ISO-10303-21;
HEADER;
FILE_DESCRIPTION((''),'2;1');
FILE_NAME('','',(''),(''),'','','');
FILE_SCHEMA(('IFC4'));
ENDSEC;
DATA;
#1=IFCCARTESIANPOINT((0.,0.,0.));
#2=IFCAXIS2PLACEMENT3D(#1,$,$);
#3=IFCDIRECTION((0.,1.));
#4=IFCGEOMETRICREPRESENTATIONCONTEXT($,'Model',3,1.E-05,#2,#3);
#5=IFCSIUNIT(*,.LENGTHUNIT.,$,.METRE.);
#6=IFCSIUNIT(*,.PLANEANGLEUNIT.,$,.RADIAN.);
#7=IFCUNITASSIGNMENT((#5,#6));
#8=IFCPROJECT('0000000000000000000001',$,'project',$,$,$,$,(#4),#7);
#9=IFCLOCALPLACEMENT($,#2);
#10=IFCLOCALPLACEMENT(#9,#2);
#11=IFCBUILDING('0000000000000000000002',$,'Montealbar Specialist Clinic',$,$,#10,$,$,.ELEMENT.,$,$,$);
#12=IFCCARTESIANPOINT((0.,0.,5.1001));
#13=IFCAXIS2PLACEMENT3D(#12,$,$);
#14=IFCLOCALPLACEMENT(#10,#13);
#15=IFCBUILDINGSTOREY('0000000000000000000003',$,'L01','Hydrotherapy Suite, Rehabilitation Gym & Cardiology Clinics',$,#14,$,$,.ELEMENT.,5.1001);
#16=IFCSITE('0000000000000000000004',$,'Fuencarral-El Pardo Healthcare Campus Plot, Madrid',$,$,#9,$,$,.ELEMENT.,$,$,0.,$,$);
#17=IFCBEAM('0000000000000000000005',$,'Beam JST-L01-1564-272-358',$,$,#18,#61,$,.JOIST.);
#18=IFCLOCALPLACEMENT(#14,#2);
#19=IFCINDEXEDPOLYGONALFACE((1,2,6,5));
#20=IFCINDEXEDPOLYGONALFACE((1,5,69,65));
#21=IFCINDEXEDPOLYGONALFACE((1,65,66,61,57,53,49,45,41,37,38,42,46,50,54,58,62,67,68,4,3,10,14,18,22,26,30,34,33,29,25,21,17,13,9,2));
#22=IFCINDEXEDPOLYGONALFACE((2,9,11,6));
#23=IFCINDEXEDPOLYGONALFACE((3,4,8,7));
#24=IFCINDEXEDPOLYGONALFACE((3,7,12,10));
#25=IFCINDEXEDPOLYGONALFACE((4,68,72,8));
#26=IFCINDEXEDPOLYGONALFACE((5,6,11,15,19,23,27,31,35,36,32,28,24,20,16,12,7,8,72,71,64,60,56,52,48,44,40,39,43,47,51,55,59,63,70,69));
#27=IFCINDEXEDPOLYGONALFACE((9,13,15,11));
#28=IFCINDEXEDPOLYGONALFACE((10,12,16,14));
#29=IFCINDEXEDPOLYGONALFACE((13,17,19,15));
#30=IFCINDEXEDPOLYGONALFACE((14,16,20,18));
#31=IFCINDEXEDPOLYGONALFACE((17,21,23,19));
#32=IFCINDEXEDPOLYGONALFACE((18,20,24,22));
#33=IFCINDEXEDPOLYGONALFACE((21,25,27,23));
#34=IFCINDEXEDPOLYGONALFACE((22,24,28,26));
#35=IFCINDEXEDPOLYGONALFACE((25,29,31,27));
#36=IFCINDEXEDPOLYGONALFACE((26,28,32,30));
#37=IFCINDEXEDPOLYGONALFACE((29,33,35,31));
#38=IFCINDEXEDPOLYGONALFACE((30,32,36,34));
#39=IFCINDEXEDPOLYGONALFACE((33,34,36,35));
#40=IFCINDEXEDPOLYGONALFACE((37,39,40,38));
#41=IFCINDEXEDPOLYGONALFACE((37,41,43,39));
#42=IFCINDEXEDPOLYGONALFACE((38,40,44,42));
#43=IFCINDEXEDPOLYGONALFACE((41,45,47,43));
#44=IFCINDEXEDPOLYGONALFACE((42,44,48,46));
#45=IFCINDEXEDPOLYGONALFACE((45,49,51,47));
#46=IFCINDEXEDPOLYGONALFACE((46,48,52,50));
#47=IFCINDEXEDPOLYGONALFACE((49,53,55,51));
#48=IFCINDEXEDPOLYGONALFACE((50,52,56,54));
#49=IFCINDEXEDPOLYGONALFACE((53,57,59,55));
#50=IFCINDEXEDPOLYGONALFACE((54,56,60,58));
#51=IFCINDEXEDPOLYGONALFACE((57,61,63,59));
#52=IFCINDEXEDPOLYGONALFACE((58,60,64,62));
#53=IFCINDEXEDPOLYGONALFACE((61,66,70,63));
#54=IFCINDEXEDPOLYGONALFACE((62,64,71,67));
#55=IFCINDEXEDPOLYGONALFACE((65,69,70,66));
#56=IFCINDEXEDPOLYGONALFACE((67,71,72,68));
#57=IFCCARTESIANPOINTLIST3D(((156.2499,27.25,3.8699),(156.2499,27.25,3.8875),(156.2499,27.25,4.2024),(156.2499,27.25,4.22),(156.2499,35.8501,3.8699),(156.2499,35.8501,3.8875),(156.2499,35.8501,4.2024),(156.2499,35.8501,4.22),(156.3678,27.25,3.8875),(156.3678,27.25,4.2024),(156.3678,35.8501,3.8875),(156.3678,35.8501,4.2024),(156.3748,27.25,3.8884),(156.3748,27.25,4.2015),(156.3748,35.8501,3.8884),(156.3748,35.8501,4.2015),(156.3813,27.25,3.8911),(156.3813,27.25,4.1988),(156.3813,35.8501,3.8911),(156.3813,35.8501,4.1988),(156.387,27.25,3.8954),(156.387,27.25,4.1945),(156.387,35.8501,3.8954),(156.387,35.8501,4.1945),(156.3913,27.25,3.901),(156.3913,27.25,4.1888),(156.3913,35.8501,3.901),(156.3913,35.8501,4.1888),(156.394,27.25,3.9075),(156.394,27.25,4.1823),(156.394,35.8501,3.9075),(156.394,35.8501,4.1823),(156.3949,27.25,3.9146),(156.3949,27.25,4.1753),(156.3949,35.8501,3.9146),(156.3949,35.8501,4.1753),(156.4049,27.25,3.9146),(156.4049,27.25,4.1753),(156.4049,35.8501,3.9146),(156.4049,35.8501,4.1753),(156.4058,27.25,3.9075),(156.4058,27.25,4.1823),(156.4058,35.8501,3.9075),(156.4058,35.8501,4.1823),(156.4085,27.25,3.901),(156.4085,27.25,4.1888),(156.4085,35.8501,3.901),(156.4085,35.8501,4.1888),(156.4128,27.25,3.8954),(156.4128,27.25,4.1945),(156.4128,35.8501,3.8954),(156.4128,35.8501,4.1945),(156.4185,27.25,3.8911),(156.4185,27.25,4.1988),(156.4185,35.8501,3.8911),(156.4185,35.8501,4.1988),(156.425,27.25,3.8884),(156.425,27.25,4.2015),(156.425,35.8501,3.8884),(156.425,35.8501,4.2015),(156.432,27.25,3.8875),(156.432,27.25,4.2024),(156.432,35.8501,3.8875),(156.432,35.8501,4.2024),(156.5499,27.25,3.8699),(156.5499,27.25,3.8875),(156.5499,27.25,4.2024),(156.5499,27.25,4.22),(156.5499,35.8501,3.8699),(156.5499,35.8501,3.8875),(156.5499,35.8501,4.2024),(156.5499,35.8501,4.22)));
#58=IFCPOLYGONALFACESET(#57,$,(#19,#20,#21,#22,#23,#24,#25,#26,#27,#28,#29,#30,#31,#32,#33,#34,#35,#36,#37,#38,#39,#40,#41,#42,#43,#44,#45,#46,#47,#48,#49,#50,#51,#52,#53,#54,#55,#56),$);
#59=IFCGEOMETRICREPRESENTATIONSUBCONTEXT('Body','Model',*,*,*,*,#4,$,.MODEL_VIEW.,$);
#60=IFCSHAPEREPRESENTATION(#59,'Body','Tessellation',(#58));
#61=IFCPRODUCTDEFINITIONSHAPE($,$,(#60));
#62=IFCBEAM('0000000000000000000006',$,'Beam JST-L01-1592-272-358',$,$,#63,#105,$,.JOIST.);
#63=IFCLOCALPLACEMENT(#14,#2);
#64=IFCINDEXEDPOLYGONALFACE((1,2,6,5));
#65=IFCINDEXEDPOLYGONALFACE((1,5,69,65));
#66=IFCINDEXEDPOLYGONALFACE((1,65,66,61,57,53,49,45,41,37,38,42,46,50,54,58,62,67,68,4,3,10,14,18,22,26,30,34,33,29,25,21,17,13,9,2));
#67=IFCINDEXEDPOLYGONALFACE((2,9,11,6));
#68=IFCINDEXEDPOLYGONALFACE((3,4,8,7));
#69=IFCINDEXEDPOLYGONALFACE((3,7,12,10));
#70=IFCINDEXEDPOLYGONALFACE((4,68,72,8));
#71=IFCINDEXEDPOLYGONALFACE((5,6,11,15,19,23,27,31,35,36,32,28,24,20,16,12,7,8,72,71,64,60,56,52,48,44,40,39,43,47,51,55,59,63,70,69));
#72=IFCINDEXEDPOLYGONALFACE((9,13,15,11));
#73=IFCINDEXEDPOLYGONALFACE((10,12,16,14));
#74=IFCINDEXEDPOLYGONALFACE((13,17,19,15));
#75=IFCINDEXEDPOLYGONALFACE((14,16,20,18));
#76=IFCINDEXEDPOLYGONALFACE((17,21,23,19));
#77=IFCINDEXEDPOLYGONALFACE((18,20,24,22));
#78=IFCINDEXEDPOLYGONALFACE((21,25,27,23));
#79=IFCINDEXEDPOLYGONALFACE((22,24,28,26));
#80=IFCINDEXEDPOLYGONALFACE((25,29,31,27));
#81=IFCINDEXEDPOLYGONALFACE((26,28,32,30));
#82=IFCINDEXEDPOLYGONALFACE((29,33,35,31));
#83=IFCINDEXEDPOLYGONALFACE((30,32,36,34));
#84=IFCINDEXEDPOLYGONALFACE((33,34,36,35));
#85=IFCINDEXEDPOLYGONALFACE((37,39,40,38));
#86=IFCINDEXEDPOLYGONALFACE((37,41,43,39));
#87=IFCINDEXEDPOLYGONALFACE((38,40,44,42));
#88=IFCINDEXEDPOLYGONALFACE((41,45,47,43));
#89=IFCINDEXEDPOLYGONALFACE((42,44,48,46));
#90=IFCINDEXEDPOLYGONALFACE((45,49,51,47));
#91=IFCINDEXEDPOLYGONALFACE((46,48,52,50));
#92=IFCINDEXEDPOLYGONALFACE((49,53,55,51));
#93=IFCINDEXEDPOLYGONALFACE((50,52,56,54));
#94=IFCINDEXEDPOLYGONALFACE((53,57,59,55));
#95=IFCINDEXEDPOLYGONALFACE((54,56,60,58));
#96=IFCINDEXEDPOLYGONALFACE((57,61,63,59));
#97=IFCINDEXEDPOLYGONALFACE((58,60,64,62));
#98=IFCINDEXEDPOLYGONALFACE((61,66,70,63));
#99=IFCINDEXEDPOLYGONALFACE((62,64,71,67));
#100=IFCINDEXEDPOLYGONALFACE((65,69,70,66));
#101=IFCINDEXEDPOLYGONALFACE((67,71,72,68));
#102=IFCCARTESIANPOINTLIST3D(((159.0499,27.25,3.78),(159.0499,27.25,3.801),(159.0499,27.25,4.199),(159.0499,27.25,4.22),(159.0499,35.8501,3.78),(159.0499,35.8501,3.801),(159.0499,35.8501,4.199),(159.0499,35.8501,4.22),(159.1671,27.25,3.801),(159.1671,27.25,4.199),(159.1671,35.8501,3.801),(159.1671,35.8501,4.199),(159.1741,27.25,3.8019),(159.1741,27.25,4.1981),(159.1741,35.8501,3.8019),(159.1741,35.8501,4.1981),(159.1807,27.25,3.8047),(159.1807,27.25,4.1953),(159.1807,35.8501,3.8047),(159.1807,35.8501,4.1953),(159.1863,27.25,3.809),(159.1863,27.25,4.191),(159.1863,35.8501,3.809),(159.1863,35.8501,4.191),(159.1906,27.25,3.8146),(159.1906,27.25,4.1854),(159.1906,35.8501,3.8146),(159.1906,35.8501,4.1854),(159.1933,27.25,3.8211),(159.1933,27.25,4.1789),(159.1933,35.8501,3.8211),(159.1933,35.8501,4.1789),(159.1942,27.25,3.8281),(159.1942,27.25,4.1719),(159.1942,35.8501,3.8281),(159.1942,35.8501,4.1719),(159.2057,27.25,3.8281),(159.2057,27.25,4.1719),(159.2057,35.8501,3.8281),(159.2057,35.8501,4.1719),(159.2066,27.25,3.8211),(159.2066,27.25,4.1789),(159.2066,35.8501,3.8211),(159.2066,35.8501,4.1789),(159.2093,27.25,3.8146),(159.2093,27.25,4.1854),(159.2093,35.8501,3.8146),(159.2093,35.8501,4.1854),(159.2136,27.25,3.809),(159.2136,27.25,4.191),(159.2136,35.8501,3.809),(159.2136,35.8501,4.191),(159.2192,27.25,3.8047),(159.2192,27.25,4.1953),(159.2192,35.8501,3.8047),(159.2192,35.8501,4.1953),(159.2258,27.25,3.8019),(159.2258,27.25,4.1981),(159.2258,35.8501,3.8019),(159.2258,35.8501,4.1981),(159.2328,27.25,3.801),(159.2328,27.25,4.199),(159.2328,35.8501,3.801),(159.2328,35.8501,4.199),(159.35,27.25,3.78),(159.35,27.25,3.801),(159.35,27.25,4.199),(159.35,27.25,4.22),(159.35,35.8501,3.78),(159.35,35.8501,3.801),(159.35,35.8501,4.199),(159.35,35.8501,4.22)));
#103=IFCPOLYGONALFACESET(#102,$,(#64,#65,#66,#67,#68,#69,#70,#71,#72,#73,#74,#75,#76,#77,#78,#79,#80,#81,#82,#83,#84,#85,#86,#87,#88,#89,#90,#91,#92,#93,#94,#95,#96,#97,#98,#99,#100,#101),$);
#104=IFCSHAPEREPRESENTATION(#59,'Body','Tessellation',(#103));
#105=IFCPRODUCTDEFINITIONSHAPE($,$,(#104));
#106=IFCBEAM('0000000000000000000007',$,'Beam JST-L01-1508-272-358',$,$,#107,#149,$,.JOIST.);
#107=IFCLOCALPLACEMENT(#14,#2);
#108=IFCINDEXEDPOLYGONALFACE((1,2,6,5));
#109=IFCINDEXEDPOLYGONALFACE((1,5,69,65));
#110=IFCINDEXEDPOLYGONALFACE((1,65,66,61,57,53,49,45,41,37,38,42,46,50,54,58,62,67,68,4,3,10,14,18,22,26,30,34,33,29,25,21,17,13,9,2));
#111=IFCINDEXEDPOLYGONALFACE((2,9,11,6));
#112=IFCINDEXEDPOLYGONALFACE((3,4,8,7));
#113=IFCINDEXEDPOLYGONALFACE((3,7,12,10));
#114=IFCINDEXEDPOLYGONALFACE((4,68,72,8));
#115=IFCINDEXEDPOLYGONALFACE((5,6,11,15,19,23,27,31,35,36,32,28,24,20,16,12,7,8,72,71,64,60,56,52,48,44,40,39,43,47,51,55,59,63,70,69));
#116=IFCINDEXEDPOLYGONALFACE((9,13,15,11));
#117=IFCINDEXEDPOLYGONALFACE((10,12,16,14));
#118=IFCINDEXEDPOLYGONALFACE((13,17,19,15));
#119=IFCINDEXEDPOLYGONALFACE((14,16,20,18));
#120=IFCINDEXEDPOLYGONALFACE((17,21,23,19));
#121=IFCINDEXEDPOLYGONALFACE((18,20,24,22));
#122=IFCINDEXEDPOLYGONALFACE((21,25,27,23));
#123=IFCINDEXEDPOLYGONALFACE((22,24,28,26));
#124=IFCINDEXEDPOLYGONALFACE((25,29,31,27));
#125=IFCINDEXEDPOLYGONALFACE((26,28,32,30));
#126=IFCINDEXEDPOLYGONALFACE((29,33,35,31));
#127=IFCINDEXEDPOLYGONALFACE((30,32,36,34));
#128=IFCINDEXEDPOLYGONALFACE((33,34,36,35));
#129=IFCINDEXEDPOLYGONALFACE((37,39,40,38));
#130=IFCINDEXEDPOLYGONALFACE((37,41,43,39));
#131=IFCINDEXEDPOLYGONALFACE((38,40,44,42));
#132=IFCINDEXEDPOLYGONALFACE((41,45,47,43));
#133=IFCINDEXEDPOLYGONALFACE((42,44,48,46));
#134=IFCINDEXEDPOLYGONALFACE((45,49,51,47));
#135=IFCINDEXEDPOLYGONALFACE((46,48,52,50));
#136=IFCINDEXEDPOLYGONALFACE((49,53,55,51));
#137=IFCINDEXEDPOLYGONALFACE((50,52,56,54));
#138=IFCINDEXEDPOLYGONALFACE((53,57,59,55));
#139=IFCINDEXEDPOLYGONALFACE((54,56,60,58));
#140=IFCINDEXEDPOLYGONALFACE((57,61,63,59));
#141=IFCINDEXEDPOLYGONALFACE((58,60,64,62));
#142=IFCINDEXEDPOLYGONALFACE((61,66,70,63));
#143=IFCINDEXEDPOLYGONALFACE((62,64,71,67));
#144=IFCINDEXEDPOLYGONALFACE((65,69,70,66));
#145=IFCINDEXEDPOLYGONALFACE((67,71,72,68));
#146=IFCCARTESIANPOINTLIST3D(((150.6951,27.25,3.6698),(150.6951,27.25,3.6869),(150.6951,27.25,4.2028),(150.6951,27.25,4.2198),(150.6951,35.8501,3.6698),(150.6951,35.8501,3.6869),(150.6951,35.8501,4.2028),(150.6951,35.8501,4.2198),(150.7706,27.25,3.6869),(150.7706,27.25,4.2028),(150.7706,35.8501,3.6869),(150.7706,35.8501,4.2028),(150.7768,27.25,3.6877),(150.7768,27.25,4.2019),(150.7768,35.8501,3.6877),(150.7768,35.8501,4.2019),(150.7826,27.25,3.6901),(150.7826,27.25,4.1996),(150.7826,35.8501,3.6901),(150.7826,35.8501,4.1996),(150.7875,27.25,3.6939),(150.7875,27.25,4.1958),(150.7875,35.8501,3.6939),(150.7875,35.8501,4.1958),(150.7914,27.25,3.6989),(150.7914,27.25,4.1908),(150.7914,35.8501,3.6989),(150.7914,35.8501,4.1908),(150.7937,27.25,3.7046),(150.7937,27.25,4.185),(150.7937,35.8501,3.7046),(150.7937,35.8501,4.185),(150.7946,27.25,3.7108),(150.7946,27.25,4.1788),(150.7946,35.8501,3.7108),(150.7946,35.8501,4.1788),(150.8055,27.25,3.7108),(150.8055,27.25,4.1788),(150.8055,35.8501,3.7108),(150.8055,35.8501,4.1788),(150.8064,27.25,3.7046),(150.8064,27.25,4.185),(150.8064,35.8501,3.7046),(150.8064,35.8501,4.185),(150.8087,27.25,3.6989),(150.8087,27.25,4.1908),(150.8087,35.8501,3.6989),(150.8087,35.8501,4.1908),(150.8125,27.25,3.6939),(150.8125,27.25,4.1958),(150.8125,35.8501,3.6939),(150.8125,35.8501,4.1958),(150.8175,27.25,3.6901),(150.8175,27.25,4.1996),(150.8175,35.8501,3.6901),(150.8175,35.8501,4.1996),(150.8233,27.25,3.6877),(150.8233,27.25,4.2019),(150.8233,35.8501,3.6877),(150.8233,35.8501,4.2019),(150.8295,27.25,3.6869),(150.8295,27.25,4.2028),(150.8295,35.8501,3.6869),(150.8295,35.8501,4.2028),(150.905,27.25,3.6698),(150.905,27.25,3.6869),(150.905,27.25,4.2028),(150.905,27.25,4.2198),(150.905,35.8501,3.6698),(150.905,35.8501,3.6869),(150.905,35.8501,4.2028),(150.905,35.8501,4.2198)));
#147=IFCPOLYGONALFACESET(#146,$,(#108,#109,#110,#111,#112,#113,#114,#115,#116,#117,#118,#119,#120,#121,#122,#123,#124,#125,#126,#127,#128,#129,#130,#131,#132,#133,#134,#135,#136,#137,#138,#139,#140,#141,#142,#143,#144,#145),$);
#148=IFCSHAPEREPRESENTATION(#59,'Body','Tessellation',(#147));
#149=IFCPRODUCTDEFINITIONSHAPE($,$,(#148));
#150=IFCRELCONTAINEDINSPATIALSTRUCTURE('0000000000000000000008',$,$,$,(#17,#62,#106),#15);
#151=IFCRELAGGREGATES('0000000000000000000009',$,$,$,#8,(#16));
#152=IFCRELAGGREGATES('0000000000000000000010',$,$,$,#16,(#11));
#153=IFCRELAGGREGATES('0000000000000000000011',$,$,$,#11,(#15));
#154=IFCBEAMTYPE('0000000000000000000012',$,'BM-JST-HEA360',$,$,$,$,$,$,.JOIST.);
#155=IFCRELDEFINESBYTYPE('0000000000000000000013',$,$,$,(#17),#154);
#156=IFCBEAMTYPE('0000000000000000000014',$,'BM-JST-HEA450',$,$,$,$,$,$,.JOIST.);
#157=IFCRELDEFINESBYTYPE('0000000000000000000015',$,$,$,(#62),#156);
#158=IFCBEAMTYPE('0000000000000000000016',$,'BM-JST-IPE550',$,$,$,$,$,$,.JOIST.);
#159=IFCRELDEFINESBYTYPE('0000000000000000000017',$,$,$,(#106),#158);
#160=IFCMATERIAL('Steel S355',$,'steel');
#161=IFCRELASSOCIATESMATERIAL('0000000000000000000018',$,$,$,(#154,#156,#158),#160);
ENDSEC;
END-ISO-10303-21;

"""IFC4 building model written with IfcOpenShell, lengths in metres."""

from ifc_helpers import new_model, si_unit, direction, frame, origin, origin_2d, place, context, subcontext, project, spatial, i_section, extrude, material, material_profile, profile_set, type_object, element, save


model = new_model("IFC4")

# Units and contexts
model_context = context("Model", 3, precision=1e-05, world=origin(), true_north=direction((0.0, 1.0)))
body_context = subcontext(model_context, "Body", "Model", "MODEL_VIEW")
ifc_project = project(units=[si_unit("LENGTHUNIT", "METRE"), si_unit("PLANEANGLEUNIT", "RADIAN")], contexts=[model_context])

# Site, building, storey
site_placement = place(None, origin())
site = spatial("IfcSite", under=ifc_project, at=site_placement, Name="Fuencarral-El Pardo Healthcare Campus Plot, Madrid", CompositionType="ELEMENT", RefElevation=0.0)
building_placement = place(site_placement, origin())
building = spatial("IfcBuilding", under=site, at=building_placement, Name="Montealbar Specialist Clinic", CompositionType="ELEMENT")
storey_placement = place(building_placement, frame((0.0, 0.0, 5.1001)))
storey = spatial("IfcBuildingStorey", under=building, at=storey_placement, Name="L01", Description="Hydrotherapy Suite, Rehabilitation Gym & Cardiology Clinics", CompositionType="ELEMENT", Elevation=5.1001)

# Shared definitions
ifc_material_1 = material(Name="Steel S355", Category="steel")

# Beams
ifc_material_profile_1 = material_profile(ifc_material_1, i_section(OverallWidth=0.3, OverallDepth=0.3501, WebThickness=0.01, FlangeThickness=0.0176, FilletRadius=0.0271, at=origin_2d()), Name="HEA 360", Category="steel")
ifc_profile_set_1 = profile_set([ifc_material_profile_1], Name="Steel S355")
beam_type_1 = type_object("IfcBeamType", Name="BM-JST-HEA360", PredefinedType="JOIST", material=ifc_profile_set_1)
beam_1_placement = place(storey_placement, frame((156.3999, 27.25, 4.0449), z_axis=(0.0, 1.0, 0.0), x_axis=(-1.0, 0.0, 0.0)))
element("IfcBeam", 1, at=beam_1_placement, inside=storey, type_object=beam_type_1, Name="Beam JST-L01-1564-272-358", PredefinedType="JOIST", context=body_context, shape_type="SweptSolid", body=[
    extrude(i_section(OverallWidth=0.3, OverallDepth=0.3501, WebThickness=0.01, FlangeThickness=0.0176, FilletRadius=0.0271, at=origin_2d()), origin(), (0.0, 0.0, 1.0), 8.6001),
])
ifc_material_profile_2 = material_profile(ifc_material_1, i_section(OverallWidth=0.3, OverallDepth=0.4399, WebThickness=0.0115, FlangeThickness=0.021, FilletRadius=0.0271, at=origin_2d()), Name="HEA 450", Category="steel")
ifc_profile_set_2 = profile_set([ifc_material_profile_2], Name="Steel S355")
beam_type_2 = type_object("IfcBeamType", Name="BM-JST-HEA450", PredefinedType="JOIST", material=ifc_profile_set_2)
beam_2_placement = place(storey_placement, frame((159.2, 27.25, 4.0), z_axis=(0.0, 1.0, 0.0), x_axis=(-1.0, 0.0, 0.0)))
element("IfcBeam", 2, at=beam_2_placement, inside=storey, type_object=beam_type_2, Name="Beam JST-L01-1592-272-358", PredefinedType="JOIST", context=body_context, shape_type="SweptSolid", body=[
    extrude(i_section(OverallWidth=0.3, OverallDepth=0.4399, WebThickness=0.0115, FlangeThickness=0.021, FilletRadius=0.0271, at=origin_2d()), origin(), (0.0, 0.0, 1.0), 8.6001),
])
ifc_material_profile_3 = material_profile(ifc_material_1, i_section(OverallWidth=0.21, OverallDepth=0.55, WebThickness=0.011, FlangeThickness=0.0171, FilletRadius=0.0239, at=origin_2d()), Name="IPE 550", Category="steel")
ifc_profile_set_3 = profile_set([ifc_material_profile_3], Name="Steel S355")
beam_type_3 = type_object("IfcBeamType", Name="BM-JST-IPE550", PredefinedType="JOIST", material=ifc_profile_set_3)
beam_3_placement = place(storey_placement, frame((150.8, 27.25, 3.9448), z_axis=(0.0, 1.0, 0.0), x_axis=(-1.0, 0.0, 0.0)))
element("IfcBeam", 3, at=beam_3_placement, inside=storey, type_object=beam_type_3, Name="Beam JST-L01-1508-272-358", PredefinedType="JOIST", context=body_context, shape_type="SweptSolid", body=[
    extrude(i_section(OverallWidth=0.21, OverallDepth=0.55, WebThickness=0.011, FlangeThickness=0.0171, FilletRadius=0.0239, at=origin_2d()), origin(), (0.0, 0.0, 1.0), 8.6001),
])

save(model, "model.ifc")
